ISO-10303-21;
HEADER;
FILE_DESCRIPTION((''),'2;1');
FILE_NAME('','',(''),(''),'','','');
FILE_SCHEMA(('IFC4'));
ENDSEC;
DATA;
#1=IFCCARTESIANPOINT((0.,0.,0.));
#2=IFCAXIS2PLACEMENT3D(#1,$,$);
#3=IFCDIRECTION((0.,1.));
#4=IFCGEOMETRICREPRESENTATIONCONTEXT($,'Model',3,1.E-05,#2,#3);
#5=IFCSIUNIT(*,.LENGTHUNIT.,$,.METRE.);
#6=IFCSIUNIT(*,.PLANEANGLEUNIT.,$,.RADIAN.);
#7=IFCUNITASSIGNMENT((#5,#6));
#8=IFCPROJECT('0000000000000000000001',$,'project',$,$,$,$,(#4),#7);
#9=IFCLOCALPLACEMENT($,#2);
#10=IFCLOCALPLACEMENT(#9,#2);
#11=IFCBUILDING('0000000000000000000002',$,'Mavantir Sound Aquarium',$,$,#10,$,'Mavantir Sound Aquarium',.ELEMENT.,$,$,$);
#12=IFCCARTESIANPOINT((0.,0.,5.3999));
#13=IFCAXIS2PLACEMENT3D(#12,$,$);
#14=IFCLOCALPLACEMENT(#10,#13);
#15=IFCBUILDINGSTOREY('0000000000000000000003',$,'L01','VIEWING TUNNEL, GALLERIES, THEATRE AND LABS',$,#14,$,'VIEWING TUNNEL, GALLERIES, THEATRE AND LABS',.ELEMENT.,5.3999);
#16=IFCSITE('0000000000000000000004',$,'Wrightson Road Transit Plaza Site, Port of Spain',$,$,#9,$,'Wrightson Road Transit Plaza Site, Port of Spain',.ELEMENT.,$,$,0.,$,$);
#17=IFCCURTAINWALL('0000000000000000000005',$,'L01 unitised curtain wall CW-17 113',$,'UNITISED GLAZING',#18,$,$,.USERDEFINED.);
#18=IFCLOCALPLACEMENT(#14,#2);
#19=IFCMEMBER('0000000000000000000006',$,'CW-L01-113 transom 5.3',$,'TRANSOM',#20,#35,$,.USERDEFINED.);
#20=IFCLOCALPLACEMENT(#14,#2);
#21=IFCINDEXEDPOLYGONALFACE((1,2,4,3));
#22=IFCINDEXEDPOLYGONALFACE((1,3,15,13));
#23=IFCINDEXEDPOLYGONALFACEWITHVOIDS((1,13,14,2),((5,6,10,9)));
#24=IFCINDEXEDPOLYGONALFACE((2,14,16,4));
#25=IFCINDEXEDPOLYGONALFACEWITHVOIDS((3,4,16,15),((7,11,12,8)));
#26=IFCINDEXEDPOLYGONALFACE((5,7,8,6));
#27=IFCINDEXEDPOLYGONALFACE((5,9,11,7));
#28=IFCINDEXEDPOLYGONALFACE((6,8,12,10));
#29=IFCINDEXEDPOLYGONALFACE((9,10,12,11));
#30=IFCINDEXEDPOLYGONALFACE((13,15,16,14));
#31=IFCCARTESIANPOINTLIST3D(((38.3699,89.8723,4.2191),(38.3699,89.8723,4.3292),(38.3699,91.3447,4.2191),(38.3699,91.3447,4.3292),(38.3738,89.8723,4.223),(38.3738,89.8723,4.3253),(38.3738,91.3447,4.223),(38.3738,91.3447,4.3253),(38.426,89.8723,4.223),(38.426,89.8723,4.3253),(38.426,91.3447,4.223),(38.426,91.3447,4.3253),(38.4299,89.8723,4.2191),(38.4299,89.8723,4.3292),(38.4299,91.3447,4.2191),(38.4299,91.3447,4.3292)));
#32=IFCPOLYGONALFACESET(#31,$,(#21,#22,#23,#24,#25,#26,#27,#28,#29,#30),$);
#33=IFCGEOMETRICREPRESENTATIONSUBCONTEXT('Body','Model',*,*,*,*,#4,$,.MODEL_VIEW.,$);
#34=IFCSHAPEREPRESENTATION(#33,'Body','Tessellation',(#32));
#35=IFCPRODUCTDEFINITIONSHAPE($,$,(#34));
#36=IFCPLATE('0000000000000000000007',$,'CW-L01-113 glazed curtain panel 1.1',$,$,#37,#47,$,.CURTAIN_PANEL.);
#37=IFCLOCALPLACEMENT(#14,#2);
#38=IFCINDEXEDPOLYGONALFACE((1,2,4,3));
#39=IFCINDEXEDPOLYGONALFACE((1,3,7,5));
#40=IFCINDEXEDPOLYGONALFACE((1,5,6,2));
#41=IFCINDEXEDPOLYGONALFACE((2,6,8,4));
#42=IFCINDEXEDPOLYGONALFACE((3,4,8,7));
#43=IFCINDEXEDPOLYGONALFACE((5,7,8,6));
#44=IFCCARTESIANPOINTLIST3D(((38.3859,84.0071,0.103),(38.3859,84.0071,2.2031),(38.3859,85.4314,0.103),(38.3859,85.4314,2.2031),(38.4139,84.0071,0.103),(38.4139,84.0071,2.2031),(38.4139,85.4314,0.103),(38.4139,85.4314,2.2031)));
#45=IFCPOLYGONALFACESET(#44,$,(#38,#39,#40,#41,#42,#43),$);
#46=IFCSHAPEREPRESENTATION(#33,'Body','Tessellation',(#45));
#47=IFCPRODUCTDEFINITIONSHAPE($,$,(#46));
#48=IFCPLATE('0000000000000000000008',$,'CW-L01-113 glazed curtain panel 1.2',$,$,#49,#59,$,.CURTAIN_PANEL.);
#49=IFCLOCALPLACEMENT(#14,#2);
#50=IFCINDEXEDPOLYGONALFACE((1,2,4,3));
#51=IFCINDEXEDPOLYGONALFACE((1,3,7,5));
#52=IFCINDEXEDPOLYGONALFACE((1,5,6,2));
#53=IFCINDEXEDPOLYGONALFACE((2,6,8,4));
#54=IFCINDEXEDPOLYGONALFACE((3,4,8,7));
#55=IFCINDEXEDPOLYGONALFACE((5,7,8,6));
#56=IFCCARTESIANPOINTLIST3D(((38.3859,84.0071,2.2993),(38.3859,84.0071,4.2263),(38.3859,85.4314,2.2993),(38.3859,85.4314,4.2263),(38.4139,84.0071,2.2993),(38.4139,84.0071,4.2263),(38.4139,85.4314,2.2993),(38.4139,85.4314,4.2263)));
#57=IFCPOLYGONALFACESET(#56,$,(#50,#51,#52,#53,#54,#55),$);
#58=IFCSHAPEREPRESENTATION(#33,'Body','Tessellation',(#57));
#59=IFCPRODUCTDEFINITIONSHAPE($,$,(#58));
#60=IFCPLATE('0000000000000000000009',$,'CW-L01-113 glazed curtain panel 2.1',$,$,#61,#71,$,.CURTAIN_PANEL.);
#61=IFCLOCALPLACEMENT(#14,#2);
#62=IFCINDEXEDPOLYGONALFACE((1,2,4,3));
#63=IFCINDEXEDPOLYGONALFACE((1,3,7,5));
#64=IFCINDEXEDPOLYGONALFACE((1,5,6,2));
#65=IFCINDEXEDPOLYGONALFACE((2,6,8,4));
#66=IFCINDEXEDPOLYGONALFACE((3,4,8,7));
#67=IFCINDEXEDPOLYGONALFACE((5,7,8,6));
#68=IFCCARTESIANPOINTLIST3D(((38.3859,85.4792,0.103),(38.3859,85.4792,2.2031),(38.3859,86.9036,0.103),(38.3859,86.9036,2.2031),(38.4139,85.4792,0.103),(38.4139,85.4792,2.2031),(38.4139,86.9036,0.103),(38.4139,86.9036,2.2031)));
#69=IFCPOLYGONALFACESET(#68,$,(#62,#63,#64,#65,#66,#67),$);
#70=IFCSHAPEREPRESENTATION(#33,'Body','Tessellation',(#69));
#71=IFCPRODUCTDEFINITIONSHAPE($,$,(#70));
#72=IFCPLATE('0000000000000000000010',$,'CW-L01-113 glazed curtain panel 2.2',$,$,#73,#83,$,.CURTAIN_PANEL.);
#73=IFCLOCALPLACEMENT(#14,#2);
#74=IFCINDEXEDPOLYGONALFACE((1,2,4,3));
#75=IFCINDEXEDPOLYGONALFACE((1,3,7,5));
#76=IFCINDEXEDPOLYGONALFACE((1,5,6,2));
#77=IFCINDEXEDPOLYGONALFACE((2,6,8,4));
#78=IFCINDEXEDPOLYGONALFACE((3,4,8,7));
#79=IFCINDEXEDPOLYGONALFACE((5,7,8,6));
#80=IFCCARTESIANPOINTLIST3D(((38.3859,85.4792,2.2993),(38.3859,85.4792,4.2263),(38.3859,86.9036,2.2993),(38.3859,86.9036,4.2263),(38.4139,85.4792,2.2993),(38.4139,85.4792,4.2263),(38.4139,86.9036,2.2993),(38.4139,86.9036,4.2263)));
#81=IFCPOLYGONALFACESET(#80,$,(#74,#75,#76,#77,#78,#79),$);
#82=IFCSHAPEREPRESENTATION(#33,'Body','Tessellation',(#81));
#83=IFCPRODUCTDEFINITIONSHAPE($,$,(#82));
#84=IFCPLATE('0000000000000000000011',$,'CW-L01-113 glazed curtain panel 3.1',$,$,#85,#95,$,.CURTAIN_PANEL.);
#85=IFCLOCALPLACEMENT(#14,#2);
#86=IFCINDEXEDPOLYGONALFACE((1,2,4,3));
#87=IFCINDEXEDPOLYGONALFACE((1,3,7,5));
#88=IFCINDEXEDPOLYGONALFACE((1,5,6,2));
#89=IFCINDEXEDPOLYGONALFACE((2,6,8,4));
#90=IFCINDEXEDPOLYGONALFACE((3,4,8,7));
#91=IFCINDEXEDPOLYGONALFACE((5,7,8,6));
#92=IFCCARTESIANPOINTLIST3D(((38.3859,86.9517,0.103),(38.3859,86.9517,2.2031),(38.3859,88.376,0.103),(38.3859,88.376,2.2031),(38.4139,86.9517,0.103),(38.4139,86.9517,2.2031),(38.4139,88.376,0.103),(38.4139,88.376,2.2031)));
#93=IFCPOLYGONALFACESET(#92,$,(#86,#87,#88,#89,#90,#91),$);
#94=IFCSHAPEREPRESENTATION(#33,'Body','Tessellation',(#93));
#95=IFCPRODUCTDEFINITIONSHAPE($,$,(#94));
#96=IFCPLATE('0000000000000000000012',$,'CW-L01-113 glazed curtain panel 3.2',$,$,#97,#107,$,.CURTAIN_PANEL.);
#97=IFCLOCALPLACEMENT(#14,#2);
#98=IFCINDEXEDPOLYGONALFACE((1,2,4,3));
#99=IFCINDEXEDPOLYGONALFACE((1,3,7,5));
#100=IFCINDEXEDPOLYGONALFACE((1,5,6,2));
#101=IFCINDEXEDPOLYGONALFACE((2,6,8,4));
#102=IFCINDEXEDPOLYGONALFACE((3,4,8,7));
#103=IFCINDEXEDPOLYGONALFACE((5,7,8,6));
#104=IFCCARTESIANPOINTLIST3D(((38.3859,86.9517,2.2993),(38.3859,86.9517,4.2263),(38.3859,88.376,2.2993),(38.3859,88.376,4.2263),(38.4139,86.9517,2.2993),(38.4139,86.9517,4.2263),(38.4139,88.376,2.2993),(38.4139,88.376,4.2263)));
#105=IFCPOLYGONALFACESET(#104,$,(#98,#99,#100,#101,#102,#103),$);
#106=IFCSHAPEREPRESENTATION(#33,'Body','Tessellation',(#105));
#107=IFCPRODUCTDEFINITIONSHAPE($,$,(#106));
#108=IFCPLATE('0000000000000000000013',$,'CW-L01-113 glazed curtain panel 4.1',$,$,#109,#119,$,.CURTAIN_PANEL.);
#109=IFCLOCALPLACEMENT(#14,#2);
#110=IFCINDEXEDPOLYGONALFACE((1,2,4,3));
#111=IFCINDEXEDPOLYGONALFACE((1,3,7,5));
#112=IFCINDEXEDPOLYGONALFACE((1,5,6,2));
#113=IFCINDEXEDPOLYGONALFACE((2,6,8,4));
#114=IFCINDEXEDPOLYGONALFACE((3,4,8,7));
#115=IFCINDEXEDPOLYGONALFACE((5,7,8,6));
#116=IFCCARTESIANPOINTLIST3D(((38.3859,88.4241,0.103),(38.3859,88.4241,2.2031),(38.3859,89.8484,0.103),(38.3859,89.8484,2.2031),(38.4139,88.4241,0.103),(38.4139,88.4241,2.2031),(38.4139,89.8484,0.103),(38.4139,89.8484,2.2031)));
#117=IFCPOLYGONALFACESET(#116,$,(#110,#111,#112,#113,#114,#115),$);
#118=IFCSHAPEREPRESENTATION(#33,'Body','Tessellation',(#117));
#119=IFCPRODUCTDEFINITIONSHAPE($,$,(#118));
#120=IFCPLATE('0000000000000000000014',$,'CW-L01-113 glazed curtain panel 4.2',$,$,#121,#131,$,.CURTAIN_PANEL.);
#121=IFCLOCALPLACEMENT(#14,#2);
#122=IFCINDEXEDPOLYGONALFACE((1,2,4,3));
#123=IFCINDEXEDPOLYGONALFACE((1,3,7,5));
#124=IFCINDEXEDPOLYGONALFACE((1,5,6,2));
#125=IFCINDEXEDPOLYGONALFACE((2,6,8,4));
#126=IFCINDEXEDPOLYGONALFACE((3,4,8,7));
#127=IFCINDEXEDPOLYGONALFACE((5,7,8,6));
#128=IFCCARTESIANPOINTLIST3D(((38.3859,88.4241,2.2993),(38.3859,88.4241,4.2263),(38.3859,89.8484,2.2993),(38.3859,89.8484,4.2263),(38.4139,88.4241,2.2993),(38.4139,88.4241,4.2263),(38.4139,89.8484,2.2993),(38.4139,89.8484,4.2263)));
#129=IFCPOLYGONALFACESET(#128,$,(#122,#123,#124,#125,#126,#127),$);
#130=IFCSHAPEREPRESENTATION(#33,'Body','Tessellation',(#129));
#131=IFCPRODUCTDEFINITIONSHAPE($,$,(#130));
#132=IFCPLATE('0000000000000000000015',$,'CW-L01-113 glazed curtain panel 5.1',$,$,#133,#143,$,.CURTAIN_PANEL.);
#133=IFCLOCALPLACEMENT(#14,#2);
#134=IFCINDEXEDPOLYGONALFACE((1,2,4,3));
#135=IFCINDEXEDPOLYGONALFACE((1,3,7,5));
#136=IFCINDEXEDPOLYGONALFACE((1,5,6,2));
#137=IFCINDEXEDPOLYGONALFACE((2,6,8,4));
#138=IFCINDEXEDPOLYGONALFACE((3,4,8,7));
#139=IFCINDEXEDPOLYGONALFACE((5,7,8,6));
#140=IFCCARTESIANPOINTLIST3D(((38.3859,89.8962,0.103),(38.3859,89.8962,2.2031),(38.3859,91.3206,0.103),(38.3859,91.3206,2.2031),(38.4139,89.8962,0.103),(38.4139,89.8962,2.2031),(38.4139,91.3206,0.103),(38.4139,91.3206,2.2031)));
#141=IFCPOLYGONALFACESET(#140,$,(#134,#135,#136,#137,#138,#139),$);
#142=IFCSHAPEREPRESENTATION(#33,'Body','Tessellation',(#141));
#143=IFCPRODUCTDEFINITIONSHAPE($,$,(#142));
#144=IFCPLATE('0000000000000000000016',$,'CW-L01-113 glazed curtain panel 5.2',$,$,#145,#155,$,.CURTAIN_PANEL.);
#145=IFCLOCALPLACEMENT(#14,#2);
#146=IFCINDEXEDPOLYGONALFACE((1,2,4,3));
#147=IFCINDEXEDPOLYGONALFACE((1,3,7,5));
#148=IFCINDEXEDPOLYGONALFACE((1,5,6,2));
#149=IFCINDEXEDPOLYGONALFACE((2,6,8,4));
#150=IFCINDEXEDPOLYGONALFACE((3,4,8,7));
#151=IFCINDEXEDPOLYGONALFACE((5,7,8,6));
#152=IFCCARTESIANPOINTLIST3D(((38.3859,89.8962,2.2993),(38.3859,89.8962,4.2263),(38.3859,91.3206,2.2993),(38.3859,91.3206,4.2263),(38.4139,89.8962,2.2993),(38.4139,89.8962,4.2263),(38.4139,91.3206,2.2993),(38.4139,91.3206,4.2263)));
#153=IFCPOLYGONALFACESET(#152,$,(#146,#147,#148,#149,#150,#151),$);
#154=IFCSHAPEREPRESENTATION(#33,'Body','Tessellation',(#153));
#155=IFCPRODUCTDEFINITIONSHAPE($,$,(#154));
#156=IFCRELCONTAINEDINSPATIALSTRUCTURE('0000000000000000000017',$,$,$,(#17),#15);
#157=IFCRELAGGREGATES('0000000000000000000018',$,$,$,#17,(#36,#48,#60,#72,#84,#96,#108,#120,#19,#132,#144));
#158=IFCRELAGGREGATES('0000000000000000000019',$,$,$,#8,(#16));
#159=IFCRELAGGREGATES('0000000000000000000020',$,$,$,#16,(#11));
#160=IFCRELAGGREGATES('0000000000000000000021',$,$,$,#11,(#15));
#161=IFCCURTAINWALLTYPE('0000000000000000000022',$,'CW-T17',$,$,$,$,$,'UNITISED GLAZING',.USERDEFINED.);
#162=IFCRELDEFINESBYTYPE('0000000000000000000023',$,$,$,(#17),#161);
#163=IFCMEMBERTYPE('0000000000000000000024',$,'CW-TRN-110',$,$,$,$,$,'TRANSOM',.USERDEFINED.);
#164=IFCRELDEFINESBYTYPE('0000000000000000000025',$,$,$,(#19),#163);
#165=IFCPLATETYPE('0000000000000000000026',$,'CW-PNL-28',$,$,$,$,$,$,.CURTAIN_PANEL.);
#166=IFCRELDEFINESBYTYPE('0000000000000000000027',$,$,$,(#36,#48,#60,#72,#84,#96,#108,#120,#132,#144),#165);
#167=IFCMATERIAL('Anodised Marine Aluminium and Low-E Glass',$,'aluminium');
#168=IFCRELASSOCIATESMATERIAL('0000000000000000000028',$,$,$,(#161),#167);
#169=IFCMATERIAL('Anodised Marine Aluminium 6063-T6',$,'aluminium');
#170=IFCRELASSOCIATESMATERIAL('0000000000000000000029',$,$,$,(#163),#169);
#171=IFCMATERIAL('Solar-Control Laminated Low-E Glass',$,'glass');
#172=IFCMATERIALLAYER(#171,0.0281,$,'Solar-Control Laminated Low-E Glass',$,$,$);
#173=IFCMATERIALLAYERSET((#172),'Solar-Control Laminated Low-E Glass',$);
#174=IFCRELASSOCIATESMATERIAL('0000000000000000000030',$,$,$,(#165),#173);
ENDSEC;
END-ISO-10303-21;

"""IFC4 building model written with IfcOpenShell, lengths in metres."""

from ifc_helpers import new_model, si_unit, direction, frame, origin, origin_2d, place, context, subcontext, project, spatial, rectangle, hollow_rectangle, extrude, material, layer, layer_set, material_profile, profile_set, type_object, element, aggregate, save


model = new_model("IFC4")

# Units and contexts
model_context = context("Model", 3, precision=1e-05, world=origin(), true_north=direction((0.0, 1.0)))
body_context = subcontext(model_context, "Body", "Model", "MODEL_VIEW")
ifc_project = project(units=[si_unit("LENGTHUNIT", "METRE"), si_unit("PLANEANGLEUNIT", "RADIAN")], contexts=[model_context])

# Site, building, storey
site_placement = place(None, origin())
site = spatial("IfcSite", under=ifc_project, at=site_placement, Name="Wrightson Road Transit Plaza Site, Port of Spain", LongName="Wrightson Road Transit Plaza Site, Port of Spain", CompositionType="ELEMENT", RefElevation=0.0)
building_placement = place(site_placement, origin())
building = spatial("IfcBuilding", under=site, at=building_placement, Name="Mavantir Sound Aquarium", LongName="Mavantir Sound Aquarium", CompositionType="ELEMENT")
storey_placement = place(building_placement, frame((0.0, 0.0, 5.3999)))
storey = spatial("IfcBuildingStorey", under=building, at=storey_placement, Name="L01", Description="VIEWING TUNNEL, GALLERIES, THEATRE AND LABS", LongName="VIEWING TUNNEL, GALLERIES, THEATRE AND LABS", CompositionType="ELEMENT", Elevation=5.3999)

# Curtain wall, member, plates
ifc_material_1 = material(Name="Anodised Marine Aluminium and Low-E Glass", Category="aluminium")
curtain_wall_type = type_object("IfcCurtainWallType", Name="CW-T17", ElementType="UNITISED GLAZING", PredefinedType="USERDEFINED", material=ifc_material_1)
curtain_wall_placement = place(storey_placement, origin())
curtain_wall = element("IfcCurtainWall", 1, at=curtain_wall_placement, inside=storey, type_object=curtain_wall_type, Name="L01 unitised curtain wall CW-17 113", ObjectType="UNITISED GLAZING", PredefinedType="USERDEFINED")
ifc_material_2 = material(Name="Anodised Marine Aluminium 6063-T6", Category="aluminium")
ifc_material_profile_1 = material_profile(ifc_material_2, hollow_rectangle(XDim=0.0601, YDim=0.1101, WallThickness=0.0039, at=origin_2d()), Name="ALU-TRANSOM-110X60")
ifc_profile_set_1 = profile_set([ifc_material_profile_1], Name="Anodised Marine Aluminium 6063-T6")
member_type_1 = type_object("IfcMemberType", Name="CW-TRN-110", ElementType="TRANSOM", PredefinedType="USERDEFINED", material=ifc_profile_set_1)
member_1_placement = place(storey_placement, frame((38.3999, 89.8723, 4.2742), z_axis=(0.0, 1.0, 0.0), x_axis=(-1.0, 0.0, 0.0)))
member_1 = element("IfcMember", 2, at=member_1_placement, type_object=member_type_1, Name="CW-L01-113 transom 5.3", ObjectType="TRANSOM", PredefinedType="USERDEFINED", context=body_context, shape_type="SweptSolid", body=[
    extrude(hollow_rectangle(XDim=0.0601, YDim=0.1101, WallThickness=0.0039, at=origin_2d()), origin(), (0.0, 0.0, 1.0), 1.4724),
])
ifc_material_3 = material(Name="Solar-Control Laminated Low-E Glass", Category="glass")
ifc_layer = layer(ifc_material_3, 0.0281, Name="Solar-Control Laminated Low-E Glass")
ifc_layer_set = layer_set([ifc_layer], Name="Solar-Control Laminated Low-E Glass")
plate_type = type_object("IfcPlateType", Name="CW-PNL-28", PredefinedType="CURTAIN_PANEL", material=ifc_layer_set)
plate_1_placement = place(storey_placement, frame((38.3999, 84.7192, 0.103), z_axis=(0.0, 0.0, 1.0), x_axis=(0.0, 1.0, 0.0)))
plate_1 = element("IfcPlate", 3, at=plate_1_placement, type_object=plate_type, Name="CW-L01-113 glazed curtain panel 1.1", PredefinedType="CURTAIN_PANEL", context=body_context, shape_type="SweptSolid", body=[
    extrude(rectangle(XDim=1.4243, YDim=0.0281, at=origin_2d()), origin(), (0.0, 0.0, 1.0), 2.1001),
])
plate_2_placement = place(storey_placement, frame((38.3999, 84.7192, 2.2993), z_axis=(0.0, 0.0, 1.0), x_axis=(0.0, 1.0, 0.0)))
plate_2 = element("IfcPlate", 4, at=plate_2_placement, type_object=plate_type, Name="CW-L01-113 glazed curtain panel 1.2", PredefinedType="CURTAIN_PANEL", context=body_context, shape_type="SweptSolid", body=[
    extrude(rectangle(XDim=1.4243, YDim=0.0281, at=origin_2d()), origin(), (0.0, 0.0, 1.0), 1.927),
])
plate_3_placement = place(storey_placement, frame((38.3999, 86.1914, 0.103), z_axis=(0.0, 0.0, 1.0), x_axis=(0.0, 1.0, 0.0)))
plate_3 = element("IfcPlate", 5, at=plate_3_placement, type_object=plate_type, Name="CW-L01-113 glazed curtain panel 2.1", PredefinedType="CURTAIN_PANEL", context=body_context, shape_type="SweptSolid", body=[
    extrude(rectangle(XDim=1.4243, YDim=0.0281, at=origin_2d()), origin(), (0.0, 0.0, 1.0), 2.1001),
])
plate_4_placement = place(storey_placement, frame((38.3999, 86.1914, 2.2993), z_axis=(0.0, 0.0, 1.0), x_axis=(0.0, 1.0, 0.0)))
plate_4 = element("IfcPlate", 6, at=plate_4_placement, type_object=plate_type, Name="CW-L01-113 glazed curtain panel 2.2", PredefinedType="CURTAIN_PANEL", context=body_context, shape_type="SweptSolid", body=[
    extrude(rectangle(XDim=1.4243, YDim=0.0281, at=origin_2d()), origin(), (0.0, 0.0, 1.0), 1.927),
])
plate_5_placement = place(storey_placement, frame((38.3999, 87.6638, 0.103), z_axis=(0.0, 0.0, 1.0), x_axis=(0.0, 1.0, 0.0)))
plate_5 = element("IfcPlate", 7, at=plate_5_placement, type_object=plate_type, Name="CW-L01-113 glazed curtain panel 3.1", PredefinedType="CURTAIN_PANEL", context=body_context, shape_type="SweptSolid", body=[
    extrude(rectangle(XDim=1.4243, YDim=0.0281, at=origin_2d()), origin(), (0.0, 0.0, 1.0), 2.1001),
])
plate_6_placement = place(storey_placement, frame((38.3999, 87.6638, 2.2993), z_axis=(0.0, 0.0, 1.0), x_axis=(0.0, 1.0, 0.0)))
plate_6 = element("IfcPlate", 8, at=plate_6_placement, type_object=plate_type, Name="CW-L01-113 glazed curtain panel 3.2", PredefinedType="CURTAIN_PANEL", context=body_context, shape_type="SweptSolid", body=[
    extrude(rectangle(XDim=1.4243, YDim=0.0281, at=origin_2d()), origin(), (0.0, 0.0, 1.0), 1.927),
])
plate_7_placement = place(storey_placement, frame((38.3999, 89.1362, 0.103), z_axis=(0.0, 0.0, 1.0), x_axis=(0.0, 1.0, 0.0)))
plate_7 = element("IfcPlate", 9, at=plate_7_placement, type_object=plate_type, Name="CW-L01-113 glazed curtain panel 4.1", PredefinedType="CURTAIN_PANEL", context=body_context, shape_type="SweptSolid", body=[
    extrude(rectangle(XDim=1.4243, YDim=0.0281, at=origin_2d()), origin(), (0.0, 0.0, 1.0), 2.1001),
])
plate_8_placement = place(storey_placement, frame((38.3999, 89.1362, 2.2993), z_axis=(0.0, 0.0, 1.0), x_axis=(0.0, 1.0, 0.0)))
plate_8 = element("IfcPlate", 10, at=plate_8_placement, type_object=plate_type, Name="CW-L01-113 glazed curtain panel 4.2", PredefinedType="CURTAIN_PANEL", context=body_context, shape_type="SweptSolid", body=[
    extrude(rectangle(XDim=1.4243, YDim=0.0281, at=origin_2d()), origin(), (0.0, 0.0, 1.0), 1.927),
])
plate_9_placement = place(storey_placement, frame((38.3999, 90.6084, 0.103), z_axis=(0.0, 0.0, 1.0), x_axis=(0.0, 1.0, 0.0)))
plate_9 = element("IfcPlate", 11, at=plate_9_placement, type_object=plate_type, Name="CW-L01-113 glazed curtain panel 5.1", PredefinedType="CURTAIN_PANEL", context=body_context, shape_type="SweptSolid", body=[
    extrude(rectangle(XDim=1.4243, YDim=0.0281, at=origin_2d()), origin(), (0.0, 0.0, 1.0), 2.1001),
])
plate_10_placement = place(storey_placement, frame((38.3999, 90.6084, 2.2993), z_axis=(0.0, 0.0, 1.0), x_axis=(0.0, 1.0, 0.0)))
plate_10 = element("IfcPlate", 12, at=plate_10_placement, type_object=plate_type, Name="CW-L01-113 glazed curtain panel 5.2", PredefinedType="CURTAIN_PANEL", context=body_context, shape_type="SweptSolid", body=[
    extrude(rectangle(XDim=1.4243, YDim=0.0281, at=origin_2d()), origin(), (0.0, 0.0, 1.0), 1.927),
])
aggregate(curtain_wall, [plate_1, plate_2, plate_3, plate_4, plate_5, plate_6, plate_7, plate_8, member_1, plate_9, plate_10])

save(model, "model.ifc")
